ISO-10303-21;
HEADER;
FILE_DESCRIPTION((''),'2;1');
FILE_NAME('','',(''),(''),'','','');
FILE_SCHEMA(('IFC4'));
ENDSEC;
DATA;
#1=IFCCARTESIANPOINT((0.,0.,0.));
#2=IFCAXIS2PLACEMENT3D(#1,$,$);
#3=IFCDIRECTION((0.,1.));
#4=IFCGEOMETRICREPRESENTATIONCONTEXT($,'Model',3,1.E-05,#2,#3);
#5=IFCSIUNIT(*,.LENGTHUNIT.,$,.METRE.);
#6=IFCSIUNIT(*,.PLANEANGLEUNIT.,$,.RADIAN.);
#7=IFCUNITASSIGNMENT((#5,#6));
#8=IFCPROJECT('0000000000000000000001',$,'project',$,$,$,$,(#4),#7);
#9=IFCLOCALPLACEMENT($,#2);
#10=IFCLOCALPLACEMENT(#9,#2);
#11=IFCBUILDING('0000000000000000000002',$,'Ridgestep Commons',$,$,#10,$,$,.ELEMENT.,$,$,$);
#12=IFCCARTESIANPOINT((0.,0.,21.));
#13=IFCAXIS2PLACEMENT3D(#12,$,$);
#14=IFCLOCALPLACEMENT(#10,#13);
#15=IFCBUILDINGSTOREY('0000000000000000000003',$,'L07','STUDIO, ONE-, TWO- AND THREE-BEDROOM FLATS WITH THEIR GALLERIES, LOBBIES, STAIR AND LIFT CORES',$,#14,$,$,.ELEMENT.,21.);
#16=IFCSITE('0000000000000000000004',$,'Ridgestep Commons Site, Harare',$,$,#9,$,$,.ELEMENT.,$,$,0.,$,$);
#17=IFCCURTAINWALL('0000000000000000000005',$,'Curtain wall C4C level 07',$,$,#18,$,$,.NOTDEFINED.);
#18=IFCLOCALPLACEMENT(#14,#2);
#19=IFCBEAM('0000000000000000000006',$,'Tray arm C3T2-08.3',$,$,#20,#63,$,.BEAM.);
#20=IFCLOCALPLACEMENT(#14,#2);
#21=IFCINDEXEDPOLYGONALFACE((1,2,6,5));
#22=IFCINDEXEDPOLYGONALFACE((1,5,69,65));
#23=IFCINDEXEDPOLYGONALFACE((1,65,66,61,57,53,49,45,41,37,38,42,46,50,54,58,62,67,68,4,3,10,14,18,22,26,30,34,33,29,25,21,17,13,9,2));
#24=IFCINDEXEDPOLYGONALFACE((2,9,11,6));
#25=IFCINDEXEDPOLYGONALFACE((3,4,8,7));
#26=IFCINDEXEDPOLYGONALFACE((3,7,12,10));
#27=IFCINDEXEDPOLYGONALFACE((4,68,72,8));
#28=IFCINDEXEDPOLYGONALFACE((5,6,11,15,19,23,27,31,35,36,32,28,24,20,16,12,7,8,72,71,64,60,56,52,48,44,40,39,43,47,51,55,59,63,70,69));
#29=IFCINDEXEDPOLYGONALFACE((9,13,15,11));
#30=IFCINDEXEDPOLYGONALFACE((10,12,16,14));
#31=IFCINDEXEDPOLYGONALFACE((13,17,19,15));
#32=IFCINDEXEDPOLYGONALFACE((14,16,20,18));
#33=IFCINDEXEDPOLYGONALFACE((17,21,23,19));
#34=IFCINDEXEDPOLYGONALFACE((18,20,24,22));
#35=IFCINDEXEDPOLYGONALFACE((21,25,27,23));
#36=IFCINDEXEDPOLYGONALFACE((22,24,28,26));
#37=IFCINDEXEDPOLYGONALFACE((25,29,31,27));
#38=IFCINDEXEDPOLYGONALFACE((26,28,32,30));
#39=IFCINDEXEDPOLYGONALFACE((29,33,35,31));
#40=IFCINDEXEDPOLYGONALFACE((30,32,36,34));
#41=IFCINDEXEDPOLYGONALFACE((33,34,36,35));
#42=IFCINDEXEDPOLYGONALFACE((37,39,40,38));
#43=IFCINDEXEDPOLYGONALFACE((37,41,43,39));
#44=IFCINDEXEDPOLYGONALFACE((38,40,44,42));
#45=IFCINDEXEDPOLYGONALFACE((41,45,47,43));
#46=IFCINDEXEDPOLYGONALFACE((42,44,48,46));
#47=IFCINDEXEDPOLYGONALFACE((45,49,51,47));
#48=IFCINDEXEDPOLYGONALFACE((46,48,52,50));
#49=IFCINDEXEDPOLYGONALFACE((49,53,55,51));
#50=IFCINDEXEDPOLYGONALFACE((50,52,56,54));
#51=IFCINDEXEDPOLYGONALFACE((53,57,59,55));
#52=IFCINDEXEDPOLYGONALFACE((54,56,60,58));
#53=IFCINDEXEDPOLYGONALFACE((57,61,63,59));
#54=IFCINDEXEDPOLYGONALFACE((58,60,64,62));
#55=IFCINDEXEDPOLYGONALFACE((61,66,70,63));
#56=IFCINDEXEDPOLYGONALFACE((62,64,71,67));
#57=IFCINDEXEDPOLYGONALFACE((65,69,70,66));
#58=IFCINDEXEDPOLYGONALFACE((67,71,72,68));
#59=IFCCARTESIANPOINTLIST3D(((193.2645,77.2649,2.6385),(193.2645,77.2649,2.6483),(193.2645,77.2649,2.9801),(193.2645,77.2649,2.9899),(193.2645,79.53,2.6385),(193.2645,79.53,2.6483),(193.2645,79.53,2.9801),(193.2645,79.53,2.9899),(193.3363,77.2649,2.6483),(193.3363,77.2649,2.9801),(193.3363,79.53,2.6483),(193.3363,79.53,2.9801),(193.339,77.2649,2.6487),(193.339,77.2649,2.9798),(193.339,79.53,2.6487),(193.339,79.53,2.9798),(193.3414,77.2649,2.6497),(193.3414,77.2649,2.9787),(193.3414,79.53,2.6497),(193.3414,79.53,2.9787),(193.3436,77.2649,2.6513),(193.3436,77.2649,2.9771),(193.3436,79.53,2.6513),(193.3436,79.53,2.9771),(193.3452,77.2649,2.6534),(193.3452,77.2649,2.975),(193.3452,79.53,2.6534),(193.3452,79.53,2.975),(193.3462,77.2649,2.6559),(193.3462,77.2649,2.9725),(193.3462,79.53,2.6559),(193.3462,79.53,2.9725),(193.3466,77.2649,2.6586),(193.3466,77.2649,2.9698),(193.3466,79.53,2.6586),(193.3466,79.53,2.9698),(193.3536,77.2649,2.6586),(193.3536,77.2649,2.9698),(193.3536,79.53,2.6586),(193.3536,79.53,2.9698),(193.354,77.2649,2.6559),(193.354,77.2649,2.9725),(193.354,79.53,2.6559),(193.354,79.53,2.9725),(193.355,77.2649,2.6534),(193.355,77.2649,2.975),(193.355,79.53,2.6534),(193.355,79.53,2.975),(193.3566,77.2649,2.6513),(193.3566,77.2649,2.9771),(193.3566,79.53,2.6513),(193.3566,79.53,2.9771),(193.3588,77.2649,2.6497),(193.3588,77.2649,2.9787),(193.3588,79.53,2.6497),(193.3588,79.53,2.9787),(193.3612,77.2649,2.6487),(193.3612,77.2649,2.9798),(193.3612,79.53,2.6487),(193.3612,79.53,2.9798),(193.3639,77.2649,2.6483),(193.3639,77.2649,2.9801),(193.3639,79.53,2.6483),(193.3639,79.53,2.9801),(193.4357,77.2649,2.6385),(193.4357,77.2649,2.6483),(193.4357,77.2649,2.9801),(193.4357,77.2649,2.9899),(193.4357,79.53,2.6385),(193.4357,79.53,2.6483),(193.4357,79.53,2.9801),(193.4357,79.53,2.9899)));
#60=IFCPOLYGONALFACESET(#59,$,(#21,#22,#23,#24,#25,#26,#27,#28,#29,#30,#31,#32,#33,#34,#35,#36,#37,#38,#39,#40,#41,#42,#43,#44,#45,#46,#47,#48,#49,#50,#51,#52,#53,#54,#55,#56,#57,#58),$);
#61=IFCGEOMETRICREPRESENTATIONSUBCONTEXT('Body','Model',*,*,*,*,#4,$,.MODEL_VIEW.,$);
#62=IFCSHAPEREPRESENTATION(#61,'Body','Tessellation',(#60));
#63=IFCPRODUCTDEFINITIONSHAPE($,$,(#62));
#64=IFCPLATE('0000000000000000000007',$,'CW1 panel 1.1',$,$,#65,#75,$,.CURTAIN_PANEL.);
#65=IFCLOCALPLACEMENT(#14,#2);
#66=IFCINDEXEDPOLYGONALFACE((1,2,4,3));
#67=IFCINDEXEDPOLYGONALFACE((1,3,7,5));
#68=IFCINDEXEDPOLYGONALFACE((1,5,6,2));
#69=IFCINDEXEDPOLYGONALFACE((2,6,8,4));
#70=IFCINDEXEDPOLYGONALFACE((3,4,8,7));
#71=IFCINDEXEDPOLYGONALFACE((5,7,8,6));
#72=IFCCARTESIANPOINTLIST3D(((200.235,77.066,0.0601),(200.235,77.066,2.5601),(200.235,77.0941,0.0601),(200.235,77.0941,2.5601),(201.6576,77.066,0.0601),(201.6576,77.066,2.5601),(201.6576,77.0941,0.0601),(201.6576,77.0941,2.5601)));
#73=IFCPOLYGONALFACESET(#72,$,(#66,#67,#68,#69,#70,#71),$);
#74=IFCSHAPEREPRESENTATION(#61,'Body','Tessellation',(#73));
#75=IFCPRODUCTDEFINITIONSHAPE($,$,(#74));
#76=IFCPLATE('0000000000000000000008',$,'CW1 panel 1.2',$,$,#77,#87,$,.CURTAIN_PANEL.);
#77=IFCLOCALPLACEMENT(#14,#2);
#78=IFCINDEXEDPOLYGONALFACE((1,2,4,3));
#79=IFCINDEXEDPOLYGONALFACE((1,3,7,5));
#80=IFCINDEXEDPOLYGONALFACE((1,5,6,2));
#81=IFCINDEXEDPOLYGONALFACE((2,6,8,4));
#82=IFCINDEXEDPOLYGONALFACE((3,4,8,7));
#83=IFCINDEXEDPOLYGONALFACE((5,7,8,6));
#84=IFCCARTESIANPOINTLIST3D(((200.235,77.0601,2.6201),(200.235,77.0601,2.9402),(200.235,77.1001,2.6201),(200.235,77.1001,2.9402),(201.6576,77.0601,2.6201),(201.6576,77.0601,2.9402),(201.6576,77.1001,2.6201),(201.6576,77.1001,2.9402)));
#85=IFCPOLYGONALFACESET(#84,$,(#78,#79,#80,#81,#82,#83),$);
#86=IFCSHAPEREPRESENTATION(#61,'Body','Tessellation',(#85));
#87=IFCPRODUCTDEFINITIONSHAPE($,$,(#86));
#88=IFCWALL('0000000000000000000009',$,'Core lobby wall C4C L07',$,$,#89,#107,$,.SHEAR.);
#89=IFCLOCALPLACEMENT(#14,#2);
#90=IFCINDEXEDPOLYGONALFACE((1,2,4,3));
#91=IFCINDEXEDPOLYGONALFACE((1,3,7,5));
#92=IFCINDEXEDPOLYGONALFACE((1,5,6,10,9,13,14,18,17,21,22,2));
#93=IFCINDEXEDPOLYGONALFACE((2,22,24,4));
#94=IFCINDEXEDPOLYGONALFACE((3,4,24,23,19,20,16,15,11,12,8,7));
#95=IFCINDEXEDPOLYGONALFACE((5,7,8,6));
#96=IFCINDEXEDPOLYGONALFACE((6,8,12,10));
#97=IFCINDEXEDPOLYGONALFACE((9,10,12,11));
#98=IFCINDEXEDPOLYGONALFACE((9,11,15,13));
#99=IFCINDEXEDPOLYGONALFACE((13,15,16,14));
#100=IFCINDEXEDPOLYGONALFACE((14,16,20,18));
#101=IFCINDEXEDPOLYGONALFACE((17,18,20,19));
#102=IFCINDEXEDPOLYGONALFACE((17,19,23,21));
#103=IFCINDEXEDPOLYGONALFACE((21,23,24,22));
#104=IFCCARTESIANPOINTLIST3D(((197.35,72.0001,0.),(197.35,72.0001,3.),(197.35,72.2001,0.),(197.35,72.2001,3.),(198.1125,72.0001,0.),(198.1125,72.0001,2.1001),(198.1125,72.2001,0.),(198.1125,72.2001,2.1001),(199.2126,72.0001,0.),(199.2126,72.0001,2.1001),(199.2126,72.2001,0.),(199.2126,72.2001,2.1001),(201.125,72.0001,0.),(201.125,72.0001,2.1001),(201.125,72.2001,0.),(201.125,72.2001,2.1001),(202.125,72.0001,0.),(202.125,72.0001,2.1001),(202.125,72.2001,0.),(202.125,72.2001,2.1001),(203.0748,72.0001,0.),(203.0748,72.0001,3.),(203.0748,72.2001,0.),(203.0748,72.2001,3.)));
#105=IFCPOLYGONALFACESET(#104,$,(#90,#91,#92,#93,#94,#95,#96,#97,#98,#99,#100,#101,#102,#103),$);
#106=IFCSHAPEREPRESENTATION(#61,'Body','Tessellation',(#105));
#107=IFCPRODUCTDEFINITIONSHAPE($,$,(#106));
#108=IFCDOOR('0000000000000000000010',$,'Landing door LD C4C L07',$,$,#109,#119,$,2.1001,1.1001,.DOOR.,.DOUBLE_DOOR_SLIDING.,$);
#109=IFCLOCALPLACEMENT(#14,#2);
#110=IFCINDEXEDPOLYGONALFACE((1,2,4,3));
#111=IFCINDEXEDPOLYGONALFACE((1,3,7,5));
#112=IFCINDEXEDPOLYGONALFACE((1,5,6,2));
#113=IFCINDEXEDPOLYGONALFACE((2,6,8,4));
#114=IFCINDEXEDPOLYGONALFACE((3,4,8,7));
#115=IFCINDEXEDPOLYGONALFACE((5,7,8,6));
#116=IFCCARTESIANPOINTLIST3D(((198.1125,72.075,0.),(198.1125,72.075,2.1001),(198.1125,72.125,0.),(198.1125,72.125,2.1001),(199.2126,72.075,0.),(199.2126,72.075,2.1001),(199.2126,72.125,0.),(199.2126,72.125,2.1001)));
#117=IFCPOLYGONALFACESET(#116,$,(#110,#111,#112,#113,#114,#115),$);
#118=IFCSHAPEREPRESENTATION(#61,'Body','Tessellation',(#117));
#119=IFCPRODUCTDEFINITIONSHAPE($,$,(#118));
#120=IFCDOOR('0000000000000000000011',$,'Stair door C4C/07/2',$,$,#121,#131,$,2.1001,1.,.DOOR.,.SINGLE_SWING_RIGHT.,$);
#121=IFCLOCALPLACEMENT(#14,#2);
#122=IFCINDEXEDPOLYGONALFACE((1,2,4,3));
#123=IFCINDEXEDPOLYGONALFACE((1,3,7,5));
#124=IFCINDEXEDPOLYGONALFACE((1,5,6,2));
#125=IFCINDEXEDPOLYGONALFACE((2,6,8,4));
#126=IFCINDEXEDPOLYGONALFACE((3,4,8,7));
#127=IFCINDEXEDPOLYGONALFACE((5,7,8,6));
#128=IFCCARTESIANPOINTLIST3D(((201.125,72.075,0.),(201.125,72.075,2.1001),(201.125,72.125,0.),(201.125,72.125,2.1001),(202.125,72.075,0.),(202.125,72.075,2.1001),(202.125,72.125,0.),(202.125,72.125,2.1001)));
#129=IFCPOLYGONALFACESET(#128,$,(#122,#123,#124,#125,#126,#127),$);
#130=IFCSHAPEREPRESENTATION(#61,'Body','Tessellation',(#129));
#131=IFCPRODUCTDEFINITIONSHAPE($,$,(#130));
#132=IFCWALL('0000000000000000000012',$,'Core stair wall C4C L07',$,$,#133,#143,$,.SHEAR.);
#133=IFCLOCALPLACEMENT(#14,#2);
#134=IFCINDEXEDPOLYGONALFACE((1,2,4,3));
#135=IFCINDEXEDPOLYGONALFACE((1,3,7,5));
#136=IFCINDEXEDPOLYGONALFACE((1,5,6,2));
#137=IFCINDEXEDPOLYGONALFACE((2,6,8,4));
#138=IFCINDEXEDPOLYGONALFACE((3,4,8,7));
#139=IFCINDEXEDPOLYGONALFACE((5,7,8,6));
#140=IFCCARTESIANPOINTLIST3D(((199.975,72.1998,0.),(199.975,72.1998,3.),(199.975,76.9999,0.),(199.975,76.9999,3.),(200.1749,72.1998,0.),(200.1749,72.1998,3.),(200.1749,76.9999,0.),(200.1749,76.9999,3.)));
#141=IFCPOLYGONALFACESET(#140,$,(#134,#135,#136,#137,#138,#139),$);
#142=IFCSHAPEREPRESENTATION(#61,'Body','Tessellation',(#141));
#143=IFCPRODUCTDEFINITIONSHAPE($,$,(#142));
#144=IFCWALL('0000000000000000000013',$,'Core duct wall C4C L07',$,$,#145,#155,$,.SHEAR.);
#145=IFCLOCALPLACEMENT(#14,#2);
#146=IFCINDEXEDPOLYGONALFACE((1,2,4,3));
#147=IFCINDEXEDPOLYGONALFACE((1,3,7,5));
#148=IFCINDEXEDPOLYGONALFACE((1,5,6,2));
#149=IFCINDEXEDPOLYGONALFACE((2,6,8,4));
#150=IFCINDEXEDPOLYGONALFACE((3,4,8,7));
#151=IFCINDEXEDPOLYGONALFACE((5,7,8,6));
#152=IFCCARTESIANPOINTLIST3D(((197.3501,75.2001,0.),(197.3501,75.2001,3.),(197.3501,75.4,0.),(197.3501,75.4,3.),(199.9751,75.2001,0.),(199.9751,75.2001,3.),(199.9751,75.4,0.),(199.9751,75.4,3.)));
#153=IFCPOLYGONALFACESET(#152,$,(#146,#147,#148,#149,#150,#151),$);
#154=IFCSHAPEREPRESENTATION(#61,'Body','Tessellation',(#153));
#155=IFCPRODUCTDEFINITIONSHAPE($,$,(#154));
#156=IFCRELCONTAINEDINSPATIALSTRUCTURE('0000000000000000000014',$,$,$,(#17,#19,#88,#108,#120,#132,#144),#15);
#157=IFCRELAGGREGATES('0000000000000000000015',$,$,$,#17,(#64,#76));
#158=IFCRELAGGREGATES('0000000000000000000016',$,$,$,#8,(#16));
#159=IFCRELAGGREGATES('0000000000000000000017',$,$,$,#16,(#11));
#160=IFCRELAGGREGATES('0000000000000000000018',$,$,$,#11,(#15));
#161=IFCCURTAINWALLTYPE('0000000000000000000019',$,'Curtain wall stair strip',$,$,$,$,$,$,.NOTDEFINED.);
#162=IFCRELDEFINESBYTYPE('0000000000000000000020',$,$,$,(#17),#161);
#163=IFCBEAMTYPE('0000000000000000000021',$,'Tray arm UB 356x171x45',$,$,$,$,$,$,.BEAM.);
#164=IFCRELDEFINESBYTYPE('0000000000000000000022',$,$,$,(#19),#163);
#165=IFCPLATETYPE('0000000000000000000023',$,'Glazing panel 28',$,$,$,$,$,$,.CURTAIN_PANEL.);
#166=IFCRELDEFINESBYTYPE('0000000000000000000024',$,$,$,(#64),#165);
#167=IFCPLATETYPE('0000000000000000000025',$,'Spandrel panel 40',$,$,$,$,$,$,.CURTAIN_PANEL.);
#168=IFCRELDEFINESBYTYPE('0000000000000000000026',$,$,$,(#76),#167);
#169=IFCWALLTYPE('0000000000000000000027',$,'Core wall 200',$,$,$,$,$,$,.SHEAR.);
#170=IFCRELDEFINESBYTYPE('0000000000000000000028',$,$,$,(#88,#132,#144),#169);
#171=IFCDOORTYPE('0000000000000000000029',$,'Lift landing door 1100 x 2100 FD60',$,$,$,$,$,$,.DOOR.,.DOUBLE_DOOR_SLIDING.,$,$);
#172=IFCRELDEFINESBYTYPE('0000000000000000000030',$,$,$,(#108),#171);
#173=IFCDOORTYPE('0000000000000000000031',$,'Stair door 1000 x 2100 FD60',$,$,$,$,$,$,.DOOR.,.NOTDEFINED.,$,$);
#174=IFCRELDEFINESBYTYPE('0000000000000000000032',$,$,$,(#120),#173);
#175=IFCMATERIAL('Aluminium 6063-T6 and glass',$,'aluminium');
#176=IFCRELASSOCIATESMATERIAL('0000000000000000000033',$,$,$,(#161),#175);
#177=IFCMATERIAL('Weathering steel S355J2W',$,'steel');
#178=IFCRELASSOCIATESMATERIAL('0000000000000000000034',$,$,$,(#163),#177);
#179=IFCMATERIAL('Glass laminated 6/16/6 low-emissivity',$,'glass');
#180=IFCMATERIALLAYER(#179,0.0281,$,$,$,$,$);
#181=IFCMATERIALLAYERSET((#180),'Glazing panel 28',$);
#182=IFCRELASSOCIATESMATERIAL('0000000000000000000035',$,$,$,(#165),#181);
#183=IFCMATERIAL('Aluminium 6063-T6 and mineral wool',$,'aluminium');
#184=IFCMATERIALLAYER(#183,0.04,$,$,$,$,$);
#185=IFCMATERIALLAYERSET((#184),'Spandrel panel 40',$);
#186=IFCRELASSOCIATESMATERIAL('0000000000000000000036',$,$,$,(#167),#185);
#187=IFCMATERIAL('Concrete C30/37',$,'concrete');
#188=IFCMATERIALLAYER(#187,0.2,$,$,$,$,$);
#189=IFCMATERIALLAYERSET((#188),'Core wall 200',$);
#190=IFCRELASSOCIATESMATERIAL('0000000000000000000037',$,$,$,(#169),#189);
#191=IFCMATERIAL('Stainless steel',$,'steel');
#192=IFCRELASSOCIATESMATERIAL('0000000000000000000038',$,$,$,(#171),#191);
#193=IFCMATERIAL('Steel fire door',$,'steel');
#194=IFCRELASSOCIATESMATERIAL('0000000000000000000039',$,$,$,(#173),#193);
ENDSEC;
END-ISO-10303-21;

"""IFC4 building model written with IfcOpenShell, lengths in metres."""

from ifc_helpers import new_model, si_unit, direction, frame, frame_2d, origin, origin_2d, place, context, subcontext, project, spatial, rectangle, i_section, extrude, material, layer, layer_set, material_profile, profile_set, type_object, element, fill, aggregate, save


model = new_model("IFC4")

# Units and contexts
model_context = context("Model", 3, precision=1e-05, world=origin(), true_north=direction((0.0, 1.0)))
body_context = subcontext(model_context, "Body", "Model", "MODEL_VIEW")
ifc_project = project(units=[si_unit("LENGTHUNIT", "METRE"), si_unit("PLANEANGLEUNIT", "RADIAN")], contexts=[model_context])

# Site, building, storey
site_placement = place(None, origin())
site = spatial("IfcSite", under=ifc_project, at=site_placement, Name="Ridgestep Commons Site, Harare", CompositionType="ELEMENT", RefElevation=0.0)
building_placement = place(site_placement, origin())
building = spatial("IfcBuilding", under=site, at=building_placement, Name="Ridgestep Commons", CompositionType="ELEMENT")
storey_placement = place(building_placement, frame((0.0, 0.0, 21.0)))
storey = spatial("IfcBuildingStorey", under=building, at=storey_placement, Name="L07", Description="STUDIO, ONE-, TWO- AND THREE-BEDROOM FLATS WITH THEIR GALLERIES, LOBBIES, STAIR AND LIFT CORES", CompositionType="ELEMENT", Elevation=21.0)

# Curtain wall
ifc_material_1 = material(Name="Aluminium 6063-T6 and glass", Category="aluminium")
curtain_wall_type = type_object("IfcCurtainWallType", Name="Curtain wall stair strip", PredefinedType="NOTDEFINED", material=ifc_material_1)
curtain_wall_placement = place(storey_placement, origin())
curtain_wall = element("IfcCurtainWall", 1, at=curtain_wall_placement, inside=storey, type_object=curtain_wall_type, Name="Curtain wall C4C level 07", PredefinedType="NOTDEFINED")

# Beam
ifc_material_2 = material(Name="Weathering steel S355J2W", Category="steel")
ifc_material_profile_1 = material_profile(ifc_material_2, i_section(OverallWidth=0.1711, OverallDepth=0.3513, WebThickness=0.0071, FlangeThickness=0.0098, FilletRadius=0.0103, at=origin_2d()), Name="UB 356x171x45")
ifc_profile_set_1 = profile_set([ifc_material_profile_1], Name="Weathering steel S355J2W")
beam_type = type_object("IfcBeamType", Name="Tray arm UB 356x171x45", PredefinedType="BEAM", material=ifc_profile_set_1)
for number, where, z_axis, x_axis, name in (
    (2, (193.3501, 77.2649, 2.8142), (0.0, 1.0, 0.0), (-1.0, 0.0, 0.0), "Tray arm C3T2-08.3"),
):
    element("IfcBeam", number, at=place(storey_placement, frame(where, z_axis=z_axis, x_axis=x_axis)), inside=storey, type_object=beam_type, Name=name, PredefinedType="BEAM", context=body_context, shape_type="SweptSolid", body=[
        extrude(i_section(OverallWidth=0.1711, OverallDepth=0.3513, WebThickness=0.0071, FlangeThickness=0.0098, FilletRadius=0.0103, at=origin_2d()), origin(), (0.0, 0.0, 1.0), 2.2651),
    ])

# Plates
ifc_material_3 = material(Name="Glass laminated 6/16/6 low-emissivity", Category="glass")
ifc_layer_1 = layer(ifc_material_3, 0.0281)
ifc_layer_set_1 = layer_set([ifc_layer_1], Name="Glazing panel 28")
plate_type_1 = type_object("IfcPlateType", Name="Glazing panel 28", PredefinedType="CURTAIN_PANEL", material=ifc_layer_set_1)
plate_1_placement = place(storey_placement, frame((200.9463, 77.0801, 0.0601), z_axis=(0.0, 0.0, 1.0), x_axis=(1.0, 0.0, 0.0)))
plate_1 = element("IfcPlate", 3, at=plate_1_placement, type_object=plate_type_1, Name="CW1 panel 1.1", PredefinedType="CURTAIN_PANEL", context=body_context, shape_type="SweptSolid", body=[
    extrude(rectangle(XDim=1.4226, YDim=0.0281, at=origin_2d()), origin(), (0.0, 0.0, 1.0), 2.5),
])
ifc_material_4 = material(Name="Aluminium 6063-T6 and mineral wool", Category="aluminium")
ifc_layer_2 = layer(ifc_material_4, 0.04)
ifc_layer_set_2 = layer_set([ifc_layer_2], Name="Spandrel panel 40")
plate_type_2 = type_object("IfcPlateType", Name="Spandrel panel 40", PredefinedType="CURTAIN_PANEL", material=ifc_layer_set_2)
plate_2_placement = place(storey_placement, frame((200.9463, 77.0801, 2.6201), z_axis=(0.0, 0.0, 1.0), x_axis=(1.0, 0.0, 0.0)))
plate_2 = element("IfcPlate", 4, at=plate_2_placement, type_object=plate_type_2, Name="CW1 panel 1.2", PredefinedType="CURTAIN_PANEL", context=body_context, shape_type="SweptSolid", body=[
    extrude(rectangle(XDim=1.4226, YDim=0.04, at=origin_2d()), origin(), (0.0, 0.0, 1.0), 0.3201),
])
aggregate(curtain_wall, [plate_1, plate_2])

# Wall, openings, doors
ifc_material_5 = material(Name="Concrete C30/37", Category="concrete")
ifc_layer_3 = layer(ifc_material_5, 0.2)
ifc_layer_set_3 = layer_set([ifc_layer_3], Name="Core wall 200")
wall_type_1 = type_object("IfcWallType", Name="Core wall 200", PredefinedType="SHEAR", material=ifc_layer_set_3)
wall_1_placement = place(storey_placement, frame((197.3501, 72.1001, 0.0), z_axis=(0.0, 0.0, 1.0), x_axis=(1.0, 0.0, 0.0)))
wall_1 = element("IfcWall", 5, at=wall_1_placement, inside=storey, type_object=wall_type_1, Name="Core lobby wall C4C L07", PredefinedType="SHEAR", context=body_context, shape_type="SweptSolid", body=[
    extrude(rectangle(XDim=5.7249, YDim=0.2, at=frame_2d((2.8623, 0.0))), origin(), (0.0, 0.0, 1.0), 3.0),
])
opening_1_placement = place(wall_1_placement, frame((3.7749, 0.0, 0.0)))
opening_1 = element("IfcOpeningElement", 6, at=opening_1_placement, cuts=wall_1, PredefinedType="OPENING", context=body_context, shape_type="SweptSolid", body=[
    extrude(rectangle(XDim=1.0, YDim=2.1001, at=frame_2d((0.5, 1.05))), frame((0.0, 0.1099, 0.0), z_axis=(0.0, -1.0, 0.0), x_axis=(1.0, 0.0, 0.0)), (0.0, 0.0, 1.0), 0.22),
])
opening_2_placement = place(wall_1_placement, frame((0.7625, 0.0, 0.0)))
opening_2 = element("IfcOpeningElement", 7, at=opening_2_placement, cuts=wall_1, PredefinedType="OPENING", context=body_context, shape_type="SweptSolid", body=[
    extrude(rectangle(XDim=1.1001, YDim=2.1001, at=frame_2d((0.55, 1.05))), frame((0.0, 0.1099, 0.0), z_axis=(0.0, -1.0, 0.0), x_axis=(1.0, 0.0, 0.0)), (0.0, 0.0, 1.0), 0.22),
])
ifc_material_6 = material(Name="Stainless steel", Category="steel")
door_type_1 = type_object("IfcDoorType", Name="Lift landing door 1100 x 2100 FD60", OperationType="DOUBLE_DOOR_SLIDING", PredefinedType="DOOR", material=ifc_material_6)
door_1_placement = place(opening_2_placement, origin())
door_1 = element("IfcDoor", 8, at=door_1_placement, inside=storey, type_object=door_type_1, Name="Landing door LD C4C L07", OperationType="DOUBLE_DOOR_SLIDING", OverallHeight=2.1001, OverallWidth=1.1001, PredefinedType="DOOR", context=body_context, shape_type="SweptSolid", body=[
    extrude(rectangle(XDim=1.1001, YDim=2.1001, at=frame_2d((0.55, 1.05))), frame((0.0, 0.0249, 0.0), z_axis=(0.0, -1.0, 0.0), x_axis=(1.0, 0.0, 0.0)), (0.0, 0.0, 1.0), 0.05),
])
fill(opening_2, door_1)
ifc_material_7 = material(Name="Steel fire door", Category="steel")
door_type_2 = type_object("IfcDoorType", Name="Stair door 1000 x 2100 FD60", OperationType="NOTDEFINED", PredefinedType="DOOR", material=ifc_material_7)
door_2_placement = place(opening_1_placement, origin())
door_2 = element("IfcDoor", 9, at=door_2_placement, inside=storey, type_object=door_type_2, Name="Stair door C4C/07/2", OperationType="SINGLE_SWING_RIGHT", OverallHeight=2.1001, OverallWidth=1.0, PredefinedType="DOOR", context=body_context, shape_type="SweptSolid", body=[
    extrude(rectangle(XDim=1.0, YDim=2.1001, at=frame_2d((0.5, 1.05))), frame((0.0, 0.0249, 0.0), z_axis=(0.0, -1.0, 0.0), x_axis=(1.0, 0.0, 0.0)), (0.0, 0.0, 1.0), 0.05),
])
fill(opening_1, door_2)

# Walls
wall_2_placement = place(storey_placement, frame((200.075, 72.2, 0.0), z_axis=(0.0, 0.0, 1.0), x_axis=(0.0, 1.0, 0.0)))
element("IfcWall", 10, at=wall_2_placement, inside=storey, type_object=wall_type_1, Name="Core stair wall C4C L07", PredefinedType="SHEAR", context=body_context, shape_type="SweptSolid", body=[
    extrude(rectangle(XDim=4.8, YDim=0.2, at=frame_2d((2.3999, 0.0))), origin(), (0.0, 0.0, 1.0), 3.0),
])
wall_3_placement = place(storey_placement, frame((197.3501, 75.3, 0.0), z_axis=(0.0, 0.0, 1.0), x_axis=(1.0, 0.0, 0.0)))
element("IfcWall", 11, at=wall_3_placement, inside=storey, type_object=wall_type_1, Name="Core duct wall C4C L07", PredefinedType="SHEAR", context=body_context, shape_type="SweptSolid", body=[
    extrude(rectangle(XDim=2.625, YDim=0.2, at=frame_2d((1.3125, 0.0))), origin(), (0.0, 0.0, 1.0), 3.0),
])

save(model, "model.ifc")
